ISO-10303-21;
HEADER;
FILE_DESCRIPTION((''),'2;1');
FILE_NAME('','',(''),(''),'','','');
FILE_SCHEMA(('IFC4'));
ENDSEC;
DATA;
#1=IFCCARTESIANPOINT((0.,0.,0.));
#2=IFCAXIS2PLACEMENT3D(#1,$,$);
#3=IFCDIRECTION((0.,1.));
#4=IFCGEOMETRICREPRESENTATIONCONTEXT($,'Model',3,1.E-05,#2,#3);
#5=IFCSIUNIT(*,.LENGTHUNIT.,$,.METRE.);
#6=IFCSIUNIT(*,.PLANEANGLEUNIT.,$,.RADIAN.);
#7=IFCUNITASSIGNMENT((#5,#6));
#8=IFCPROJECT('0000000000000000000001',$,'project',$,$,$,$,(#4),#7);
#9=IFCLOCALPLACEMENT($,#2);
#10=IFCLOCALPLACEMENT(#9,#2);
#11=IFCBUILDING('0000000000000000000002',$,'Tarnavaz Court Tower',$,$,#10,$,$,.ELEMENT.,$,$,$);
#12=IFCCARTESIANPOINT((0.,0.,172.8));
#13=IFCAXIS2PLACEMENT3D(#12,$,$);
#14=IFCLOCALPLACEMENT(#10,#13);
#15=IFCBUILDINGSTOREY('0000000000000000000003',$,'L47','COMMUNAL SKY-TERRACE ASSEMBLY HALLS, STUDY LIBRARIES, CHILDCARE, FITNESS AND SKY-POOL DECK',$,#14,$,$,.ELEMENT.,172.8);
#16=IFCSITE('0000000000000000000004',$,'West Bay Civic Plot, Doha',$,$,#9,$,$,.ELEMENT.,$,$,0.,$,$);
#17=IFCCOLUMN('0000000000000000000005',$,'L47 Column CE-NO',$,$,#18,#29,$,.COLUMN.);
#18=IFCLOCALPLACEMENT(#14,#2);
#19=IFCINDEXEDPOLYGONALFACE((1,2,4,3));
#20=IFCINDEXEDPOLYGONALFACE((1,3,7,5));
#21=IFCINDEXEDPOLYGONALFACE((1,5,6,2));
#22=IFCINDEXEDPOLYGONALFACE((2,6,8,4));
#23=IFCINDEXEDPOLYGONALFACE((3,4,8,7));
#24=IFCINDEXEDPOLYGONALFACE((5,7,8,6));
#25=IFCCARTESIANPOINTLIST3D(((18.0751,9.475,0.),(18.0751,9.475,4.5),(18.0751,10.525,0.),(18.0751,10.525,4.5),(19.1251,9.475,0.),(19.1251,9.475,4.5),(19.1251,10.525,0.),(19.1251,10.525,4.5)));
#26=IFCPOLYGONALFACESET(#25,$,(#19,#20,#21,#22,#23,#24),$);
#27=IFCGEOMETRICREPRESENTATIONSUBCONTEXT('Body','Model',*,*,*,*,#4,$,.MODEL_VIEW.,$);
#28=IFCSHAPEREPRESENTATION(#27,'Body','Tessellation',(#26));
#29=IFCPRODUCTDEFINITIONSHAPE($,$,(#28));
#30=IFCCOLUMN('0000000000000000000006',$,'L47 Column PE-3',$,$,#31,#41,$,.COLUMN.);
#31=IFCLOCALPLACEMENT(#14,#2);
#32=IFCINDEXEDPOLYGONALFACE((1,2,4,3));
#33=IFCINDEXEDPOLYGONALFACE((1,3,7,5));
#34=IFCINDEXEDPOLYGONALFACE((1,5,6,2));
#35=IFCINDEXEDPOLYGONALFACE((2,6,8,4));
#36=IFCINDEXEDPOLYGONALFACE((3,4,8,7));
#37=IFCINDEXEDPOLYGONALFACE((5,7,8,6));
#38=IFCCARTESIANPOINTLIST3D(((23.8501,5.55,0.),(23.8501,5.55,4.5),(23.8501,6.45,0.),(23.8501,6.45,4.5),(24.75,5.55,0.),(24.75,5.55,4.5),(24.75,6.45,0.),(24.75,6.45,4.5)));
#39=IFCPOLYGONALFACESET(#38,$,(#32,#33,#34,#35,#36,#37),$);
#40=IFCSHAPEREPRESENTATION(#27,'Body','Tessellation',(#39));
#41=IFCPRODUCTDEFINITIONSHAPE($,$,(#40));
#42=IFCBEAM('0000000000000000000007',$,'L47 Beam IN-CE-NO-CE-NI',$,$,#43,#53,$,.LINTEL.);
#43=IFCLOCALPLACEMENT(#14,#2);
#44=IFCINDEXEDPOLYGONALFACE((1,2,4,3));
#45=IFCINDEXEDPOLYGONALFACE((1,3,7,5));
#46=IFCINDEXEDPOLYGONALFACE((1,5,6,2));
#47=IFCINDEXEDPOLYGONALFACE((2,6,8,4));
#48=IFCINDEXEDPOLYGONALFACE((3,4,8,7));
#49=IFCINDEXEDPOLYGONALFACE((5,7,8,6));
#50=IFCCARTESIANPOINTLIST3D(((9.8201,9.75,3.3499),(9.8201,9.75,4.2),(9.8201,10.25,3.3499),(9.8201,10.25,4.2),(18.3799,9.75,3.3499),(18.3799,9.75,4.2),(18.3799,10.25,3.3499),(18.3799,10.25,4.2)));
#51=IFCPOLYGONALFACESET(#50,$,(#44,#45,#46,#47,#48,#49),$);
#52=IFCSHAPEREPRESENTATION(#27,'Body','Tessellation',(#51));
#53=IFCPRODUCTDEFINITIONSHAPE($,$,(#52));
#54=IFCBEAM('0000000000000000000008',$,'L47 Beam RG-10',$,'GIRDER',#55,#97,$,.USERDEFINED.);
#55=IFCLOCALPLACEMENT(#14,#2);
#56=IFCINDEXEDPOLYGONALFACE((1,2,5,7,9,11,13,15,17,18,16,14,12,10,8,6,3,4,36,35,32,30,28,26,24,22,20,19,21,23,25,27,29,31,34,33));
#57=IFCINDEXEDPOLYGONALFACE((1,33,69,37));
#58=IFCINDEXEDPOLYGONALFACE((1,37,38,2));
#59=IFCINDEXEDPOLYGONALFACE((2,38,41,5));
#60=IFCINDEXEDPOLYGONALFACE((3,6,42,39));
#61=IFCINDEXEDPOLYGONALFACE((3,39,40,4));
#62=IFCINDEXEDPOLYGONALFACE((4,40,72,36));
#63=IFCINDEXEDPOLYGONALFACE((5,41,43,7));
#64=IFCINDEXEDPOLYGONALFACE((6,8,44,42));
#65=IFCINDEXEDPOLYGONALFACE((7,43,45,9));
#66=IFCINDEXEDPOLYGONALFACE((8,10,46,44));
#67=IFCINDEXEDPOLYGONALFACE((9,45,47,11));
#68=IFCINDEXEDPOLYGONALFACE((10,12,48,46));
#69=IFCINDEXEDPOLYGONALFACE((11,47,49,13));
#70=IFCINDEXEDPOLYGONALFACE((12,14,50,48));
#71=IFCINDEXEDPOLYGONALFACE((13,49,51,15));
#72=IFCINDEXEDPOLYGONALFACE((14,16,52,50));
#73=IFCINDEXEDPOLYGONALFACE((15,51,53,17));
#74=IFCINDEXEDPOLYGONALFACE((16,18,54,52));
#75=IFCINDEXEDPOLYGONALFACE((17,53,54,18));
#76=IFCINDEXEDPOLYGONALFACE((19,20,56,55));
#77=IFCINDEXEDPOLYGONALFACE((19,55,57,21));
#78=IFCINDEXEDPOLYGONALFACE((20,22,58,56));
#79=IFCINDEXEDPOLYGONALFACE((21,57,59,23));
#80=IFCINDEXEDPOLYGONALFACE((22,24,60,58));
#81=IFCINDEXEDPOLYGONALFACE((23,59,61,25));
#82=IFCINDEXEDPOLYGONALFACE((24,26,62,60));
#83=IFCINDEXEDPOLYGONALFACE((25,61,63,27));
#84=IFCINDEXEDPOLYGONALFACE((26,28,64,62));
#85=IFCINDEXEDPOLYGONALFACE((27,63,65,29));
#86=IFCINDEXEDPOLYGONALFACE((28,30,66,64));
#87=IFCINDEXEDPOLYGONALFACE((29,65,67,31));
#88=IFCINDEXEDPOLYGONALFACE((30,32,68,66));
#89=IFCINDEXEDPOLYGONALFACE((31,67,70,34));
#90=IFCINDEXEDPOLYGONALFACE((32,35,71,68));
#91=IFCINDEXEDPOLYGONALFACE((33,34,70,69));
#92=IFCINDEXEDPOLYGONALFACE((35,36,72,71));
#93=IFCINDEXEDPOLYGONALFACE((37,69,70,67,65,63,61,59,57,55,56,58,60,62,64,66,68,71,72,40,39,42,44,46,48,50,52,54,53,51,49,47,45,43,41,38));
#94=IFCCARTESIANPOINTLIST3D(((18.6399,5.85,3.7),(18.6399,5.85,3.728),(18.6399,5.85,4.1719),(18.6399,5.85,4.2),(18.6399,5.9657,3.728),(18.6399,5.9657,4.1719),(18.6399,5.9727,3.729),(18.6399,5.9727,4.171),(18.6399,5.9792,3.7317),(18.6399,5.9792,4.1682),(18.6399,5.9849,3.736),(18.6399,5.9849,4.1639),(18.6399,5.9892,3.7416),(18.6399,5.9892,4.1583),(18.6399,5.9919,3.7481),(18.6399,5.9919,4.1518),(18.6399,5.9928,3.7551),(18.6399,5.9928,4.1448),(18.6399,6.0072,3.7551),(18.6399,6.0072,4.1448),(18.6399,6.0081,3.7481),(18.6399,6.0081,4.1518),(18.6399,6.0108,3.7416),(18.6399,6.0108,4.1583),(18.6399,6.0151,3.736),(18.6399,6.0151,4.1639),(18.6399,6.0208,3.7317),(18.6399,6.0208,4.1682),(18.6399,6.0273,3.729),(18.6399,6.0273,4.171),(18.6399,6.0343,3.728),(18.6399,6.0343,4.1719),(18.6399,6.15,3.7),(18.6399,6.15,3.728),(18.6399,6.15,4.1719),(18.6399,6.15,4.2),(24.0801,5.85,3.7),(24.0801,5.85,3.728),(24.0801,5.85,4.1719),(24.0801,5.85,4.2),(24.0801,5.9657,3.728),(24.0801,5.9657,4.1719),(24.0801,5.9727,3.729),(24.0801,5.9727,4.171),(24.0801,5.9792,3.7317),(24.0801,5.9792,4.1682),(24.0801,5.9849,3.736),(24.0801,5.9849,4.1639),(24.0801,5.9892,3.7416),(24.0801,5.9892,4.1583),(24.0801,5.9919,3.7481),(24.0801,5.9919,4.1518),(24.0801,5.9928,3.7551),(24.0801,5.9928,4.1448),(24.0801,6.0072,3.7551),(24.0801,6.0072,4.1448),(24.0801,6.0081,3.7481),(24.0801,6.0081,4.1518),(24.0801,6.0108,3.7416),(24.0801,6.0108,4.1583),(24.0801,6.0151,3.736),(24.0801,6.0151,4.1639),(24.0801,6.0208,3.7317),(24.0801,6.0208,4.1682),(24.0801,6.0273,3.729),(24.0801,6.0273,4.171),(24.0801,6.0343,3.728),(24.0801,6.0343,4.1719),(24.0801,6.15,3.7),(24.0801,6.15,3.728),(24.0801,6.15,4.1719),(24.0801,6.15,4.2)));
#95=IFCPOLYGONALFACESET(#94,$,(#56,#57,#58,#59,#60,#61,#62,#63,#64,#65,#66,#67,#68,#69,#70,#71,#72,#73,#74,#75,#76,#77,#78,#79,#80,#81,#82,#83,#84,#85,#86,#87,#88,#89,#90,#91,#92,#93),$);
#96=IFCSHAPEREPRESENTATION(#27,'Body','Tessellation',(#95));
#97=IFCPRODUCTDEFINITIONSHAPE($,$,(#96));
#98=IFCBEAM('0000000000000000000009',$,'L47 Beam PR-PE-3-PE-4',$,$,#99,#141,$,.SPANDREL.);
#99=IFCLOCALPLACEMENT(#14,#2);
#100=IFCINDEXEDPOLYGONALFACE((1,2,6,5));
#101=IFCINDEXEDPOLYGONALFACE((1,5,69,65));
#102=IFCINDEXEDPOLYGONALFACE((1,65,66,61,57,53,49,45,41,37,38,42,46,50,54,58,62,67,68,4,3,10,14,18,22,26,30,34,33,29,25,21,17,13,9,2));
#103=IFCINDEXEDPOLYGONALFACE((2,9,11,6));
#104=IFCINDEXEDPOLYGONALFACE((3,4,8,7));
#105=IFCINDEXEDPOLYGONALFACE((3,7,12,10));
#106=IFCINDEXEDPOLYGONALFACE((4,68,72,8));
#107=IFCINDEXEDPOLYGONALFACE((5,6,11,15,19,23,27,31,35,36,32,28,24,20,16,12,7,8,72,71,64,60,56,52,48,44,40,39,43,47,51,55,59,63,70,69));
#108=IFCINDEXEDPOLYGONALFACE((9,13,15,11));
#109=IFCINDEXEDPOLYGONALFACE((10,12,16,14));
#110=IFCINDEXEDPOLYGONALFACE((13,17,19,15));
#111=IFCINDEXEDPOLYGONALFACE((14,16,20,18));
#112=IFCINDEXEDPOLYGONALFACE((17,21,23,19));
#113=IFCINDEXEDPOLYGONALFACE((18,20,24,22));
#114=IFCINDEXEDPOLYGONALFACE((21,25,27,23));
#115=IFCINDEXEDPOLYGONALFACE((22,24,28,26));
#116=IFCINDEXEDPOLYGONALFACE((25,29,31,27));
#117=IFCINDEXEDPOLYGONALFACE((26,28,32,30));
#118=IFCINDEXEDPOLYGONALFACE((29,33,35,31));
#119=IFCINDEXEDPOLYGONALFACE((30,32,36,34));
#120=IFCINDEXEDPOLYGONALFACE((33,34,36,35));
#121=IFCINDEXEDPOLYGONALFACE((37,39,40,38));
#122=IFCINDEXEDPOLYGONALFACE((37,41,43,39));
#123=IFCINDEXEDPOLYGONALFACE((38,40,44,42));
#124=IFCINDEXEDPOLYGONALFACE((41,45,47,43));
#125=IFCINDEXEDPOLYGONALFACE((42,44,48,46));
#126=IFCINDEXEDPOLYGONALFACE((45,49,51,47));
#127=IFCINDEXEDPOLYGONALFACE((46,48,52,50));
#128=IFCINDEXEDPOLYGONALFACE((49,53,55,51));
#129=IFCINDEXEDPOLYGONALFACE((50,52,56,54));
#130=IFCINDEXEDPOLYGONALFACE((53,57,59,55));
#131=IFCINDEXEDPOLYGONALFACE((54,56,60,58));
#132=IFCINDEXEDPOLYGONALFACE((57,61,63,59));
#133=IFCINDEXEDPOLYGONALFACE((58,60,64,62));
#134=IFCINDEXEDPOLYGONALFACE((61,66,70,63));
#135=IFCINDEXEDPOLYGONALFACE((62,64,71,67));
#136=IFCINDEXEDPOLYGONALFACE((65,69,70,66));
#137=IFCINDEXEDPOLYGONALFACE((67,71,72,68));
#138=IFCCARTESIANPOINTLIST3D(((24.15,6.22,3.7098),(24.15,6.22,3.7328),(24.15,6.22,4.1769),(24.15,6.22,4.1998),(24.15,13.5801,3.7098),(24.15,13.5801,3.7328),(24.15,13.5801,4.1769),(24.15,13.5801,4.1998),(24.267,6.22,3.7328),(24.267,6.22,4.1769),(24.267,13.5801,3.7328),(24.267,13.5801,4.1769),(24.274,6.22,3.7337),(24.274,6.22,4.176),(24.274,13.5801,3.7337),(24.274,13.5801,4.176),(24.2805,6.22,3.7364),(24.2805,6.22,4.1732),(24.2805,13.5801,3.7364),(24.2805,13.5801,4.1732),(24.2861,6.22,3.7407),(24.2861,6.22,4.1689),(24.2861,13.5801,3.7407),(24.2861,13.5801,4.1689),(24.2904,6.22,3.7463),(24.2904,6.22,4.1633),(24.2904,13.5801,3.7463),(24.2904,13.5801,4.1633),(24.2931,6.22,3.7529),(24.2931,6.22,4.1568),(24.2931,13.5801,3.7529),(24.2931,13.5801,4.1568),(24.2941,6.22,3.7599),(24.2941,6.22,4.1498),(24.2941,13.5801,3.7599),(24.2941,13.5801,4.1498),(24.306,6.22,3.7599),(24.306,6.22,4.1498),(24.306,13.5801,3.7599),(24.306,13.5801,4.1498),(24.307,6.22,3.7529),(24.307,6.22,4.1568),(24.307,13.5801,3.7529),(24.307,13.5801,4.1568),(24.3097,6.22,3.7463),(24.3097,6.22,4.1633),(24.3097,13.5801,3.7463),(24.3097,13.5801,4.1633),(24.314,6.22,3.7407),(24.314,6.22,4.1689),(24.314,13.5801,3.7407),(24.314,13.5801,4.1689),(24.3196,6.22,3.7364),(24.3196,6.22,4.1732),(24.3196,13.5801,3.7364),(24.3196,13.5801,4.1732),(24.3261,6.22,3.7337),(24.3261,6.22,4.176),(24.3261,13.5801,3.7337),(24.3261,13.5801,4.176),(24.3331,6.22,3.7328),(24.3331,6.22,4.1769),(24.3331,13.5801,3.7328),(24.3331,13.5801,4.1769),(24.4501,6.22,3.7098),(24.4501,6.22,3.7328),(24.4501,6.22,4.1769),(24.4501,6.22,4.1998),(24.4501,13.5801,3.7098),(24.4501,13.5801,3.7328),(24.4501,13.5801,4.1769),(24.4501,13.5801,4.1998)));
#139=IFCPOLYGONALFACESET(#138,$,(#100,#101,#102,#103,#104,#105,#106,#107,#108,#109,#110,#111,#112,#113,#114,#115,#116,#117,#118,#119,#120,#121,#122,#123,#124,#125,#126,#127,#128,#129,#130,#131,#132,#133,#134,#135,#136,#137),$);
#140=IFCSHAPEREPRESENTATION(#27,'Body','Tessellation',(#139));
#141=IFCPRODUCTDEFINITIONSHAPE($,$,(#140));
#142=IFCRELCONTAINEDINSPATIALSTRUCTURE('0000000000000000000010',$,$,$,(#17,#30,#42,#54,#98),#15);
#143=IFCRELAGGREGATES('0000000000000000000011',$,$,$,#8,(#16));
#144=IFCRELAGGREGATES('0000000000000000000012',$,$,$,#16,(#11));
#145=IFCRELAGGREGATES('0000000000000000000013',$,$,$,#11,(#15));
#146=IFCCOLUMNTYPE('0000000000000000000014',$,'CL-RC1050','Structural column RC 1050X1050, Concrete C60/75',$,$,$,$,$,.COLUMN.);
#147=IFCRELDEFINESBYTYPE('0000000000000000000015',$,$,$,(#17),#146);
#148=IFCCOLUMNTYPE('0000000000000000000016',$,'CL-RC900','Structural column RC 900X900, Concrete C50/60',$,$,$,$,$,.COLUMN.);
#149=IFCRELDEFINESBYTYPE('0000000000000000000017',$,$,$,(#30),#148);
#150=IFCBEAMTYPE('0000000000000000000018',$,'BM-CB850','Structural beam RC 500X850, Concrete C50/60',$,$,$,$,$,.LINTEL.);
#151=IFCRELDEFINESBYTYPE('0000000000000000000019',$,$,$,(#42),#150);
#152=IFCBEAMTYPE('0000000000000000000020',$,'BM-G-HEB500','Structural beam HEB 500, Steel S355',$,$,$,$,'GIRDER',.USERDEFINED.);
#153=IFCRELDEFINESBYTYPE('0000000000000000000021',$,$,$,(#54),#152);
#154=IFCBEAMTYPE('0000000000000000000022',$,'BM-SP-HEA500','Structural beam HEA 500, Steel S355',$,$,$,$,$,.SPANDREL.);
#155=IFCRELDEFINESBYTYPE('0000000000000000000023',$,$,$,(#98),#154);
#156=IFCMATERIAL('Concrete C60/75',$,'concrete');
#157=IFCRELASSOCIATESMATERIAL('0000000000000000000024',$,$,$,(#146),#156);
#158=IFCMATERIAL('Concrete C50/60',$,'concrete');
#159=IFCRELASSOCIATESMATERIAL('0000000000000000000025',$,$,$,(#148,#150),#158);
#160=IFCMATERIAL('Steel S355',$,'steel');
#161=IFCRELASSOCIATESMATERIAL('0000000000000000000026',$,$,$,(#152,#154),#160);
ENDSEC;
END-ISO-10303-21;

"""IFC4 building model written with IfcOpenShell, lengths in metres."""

from ifc_helpers import new_model, si_unit, direction, frame, origin, origin_2d, place, context, subcontext, project, spatial, rectangle, i_section, extrude, material, material_profile, profile_set, type_object, element, save


model = new_model("IFC4")

# Units and contexts
model_context = context("Model", 3, precision=1e-05, world=origin(), true_north=direction((0.0, 1.0)))
body_context = subcontext(model_context, "Body", "Model", "MODEL_VIEW")
ifc_project = project(units=[si_unit("LENGTHUNIT", "METRE"), si_unit("PLANEANGLEUNIT", "RADIAN")], contexts=[model_context])

# Site, building, storey
site_placement = place(None, origin())
site = spatial("IfcSite", under=ifc_project, at=site_placement, Name="West Bay Civic Plot, Doha", CompositionType="ELEMENT", RefElevation=0.0)
building_placement = place(site_placement, origin())
building = spatial("IfcBuilding", under=site, at=building_placement, Name="Tarnavaz Court Tower", CompositionType="ELEMENT")
storey_placement = place(building_placement, frame((0.0, 0.0, 172.8)))
storey = spatial("IfcBuildingStorey", under=building, at=storey_placement, Name="L47", Description="COMMUNAL SKY-TERRACE ASSEMBLY HALLS, STUDY LIBRARIES, CHILDCARE, FITNESS AND SKY-POOL DECK", CompositionType="ELEMENT", Elevation=172.8)

# Columns
ifc_material_1 = material(Name="Concrete C60/75", Category="concrete")
ifc_material_profile_1 = material_profile(ifc_material_1, rectangle(XDim=1.05, YDim=1.05, at=origin_2d()), Name="RC 1050X1050")
ifc_profile_set_1 = profile_set([ifc_material_profile_1], Name="Concrete C60/75")
column_type_1 = type_object("IfcColumnType", Name="CL-RC1050", Description="Structural column RC 1050X1050, Concrete C60/75", PredefinedType="COLUMN", material=ifc_profile_set_1)
column_1_placement = place(storey_placement, frame((18.6001, 10.0, 0.0), z_axis=(0.0, 0.0, 1.0), x_axis=(1.0, 0.0, 0.0)))
element("IfcColumn", 1, at=column_1_placement, inside=storey, type_object=column_type_1, Name="L47 Column CE-NO", PredefinedType="COLUMN", context=body_context, shape_type="SweptSolid", body=[
    extrude(rectangle(XDim=1.05, YDim=1.05, at=origin_2d()), origin(), (0.0, 0.0, 1.0), 4.5),
])
ifc_material_2 = material(Name="Concrete C50/60", Category="concrete")
ifc_material_profile_2 = material_profile(ifc_material_2, rectangle(XDim=0.8999, YDim=0.8999, at=origin_2d()), Name="RC 900X900")
ifc_profile_set_2 = profile_set([ifc_material_profile_2], Name="Concrete C50/60")
column_type_2 = type_object("IfcColumnType", Name="CL-RC900", Description="Structural column RC 900X900, Concrete C50/60", PredefinedType="COLUMN", material=ifc_profile_set_2)
column_2_placement = place(storey_placement, frame((24.3, 6.0, 0.0), z_axis=(0.0, 0.0, 1.0), x_axis=(1.0, 0.0, 0.0)))
element("IfcColumn", 2, at=column_2_placement, inside=storey, type_object=column_type_2, Name="L47 Column PE-3", PredefinedType="COLUMN", context=body_context, shape_type="SweptSolid", body=[
    extrude(rectangle(XDim=0.8999, YDim=0.8999, at=origin_2d()), origin(), (0.0, 0.0, 1.0), 4.5),
])

# Beams
ifc_material_profile_3 = material_profile(ifc_material_2, rectangle(XDim=0.5, YDim=0.8501, at=origin_2d()), Name="RC 500X850")
ifc_profile_set_3 = profile_set([ifc_material_profile_3], Name="Concrete C50/60")
beam_type_1 = type_object("IfcBeamType", Name="BM-CB850", Description="Structural beam RC 500X850, Concrete C50/60", PredefinedType="LINTEL", material=ifc_profile_set_3)
beam_1_placement = place(storey_placement, frame((18.3799, 10.0, 3.7749), z_axis=(-1.0, 0.0, 0.0), x_axis=(0.0, -1.0, 0.0)))
element("IfcBeam", 3, at=beam_1_placement, inside=storey, type_object=beam_type_1, Name="L47 Beam IN-CE-NO-CE-NI", PredefinedType="LINTEL", context=body_context, shape_type="SweptSolid", body=[
    extrude(rectangle(XDim=0.5, YDim=0.8501, at=origin_2d()), origin(), (0.0, 0.0, 1.0), 8.5598),
])
ifc_material_3 = material(Name="Steel S355", Category="steel")
ifc_material_profile_4 = material_profile(ifc_material_3, i_section(OverallWidth=0.3, OverallDepth=0.5, WebThickness=0.0144, FlangeThickness=0.0281, FilletRadius=0.0271, at=origin_2d()), Name="HEB 500")
ifc_profile_set_4 = profile_set([ifc_material_profile_4], Name="Steel S355")
beam_type_2 = type_object("IfcBeamType", Name="BM-G-HEB500", Description="Structural beam HEB 500, Steel S355", ElementType="GIRDER", PredefinedType="USERDEFINED", material=ifc_profile_set_4)
beam_2_placement = place(storey_placement, frame((18.6399, 6.0, 3.95), z_axis=(1.0, 0.0, 0.0), x_axis=(0.0, 1.0, 0.0)))
element("IfcBeam", 4, at=beam_2_placement, inside=storey, type_object=beam_type_2, Name="L47 Beam RG-10", ObjectType="GIRDER", PredefinedType="USERDEFINED", context=body_context, shape_type="SweptSolid", body=[
    extrude(i_section(OverallWidth=0.3, OverallDepth=0.5, WebThickness=0.0144, FlangeThickness=0.0281, FilletRadius=0.0271, at=origin_2d()), origin(), (0.0, 0.0, 1.0), 5.4402),
])
ifc_material_profile_5 = material_profile(ifc_material_3, i_section(OverallWidth=0.3, OverallDepth=0.49, WebThickness=0.012, FlangeThickness=0.0229, FilletRadius=0.0271, at=origin_2d()), Name="HEA 500")
ifc_profile_set_5 = profile_set([ifc_material_profile_5], Name="Steel S355")
beam_type_3 = type_object("IfcBeamType", Name="BM-SP-HEA500", Description="Structural beam HEA 500, Steel S355", PredefinedType="SPANDREL", material=ifc_profile_set_5)
beam_3_placement = place(storey_placement, frame((24.3, 6.22, 3.9548), z_axis=(0.0, 1.0, 0.0), x_axis=(-1.0, 0.0, 0.0)))
element("IfcBeam", 5, at=beam_3_placement, inside=storey, type_object=beam_type_3, Name="L47 Beam PR-PE-3-PE-4", PredefinedType="SPANDREL", context=body_context, shape_type="SweptSolid", body=[
    extrude(i_section(OverallWidth=0.3, OverallDepth=0.49, WebThickness=0.012, FlangeThickness=0.0229, FilletRadius=0.0271, at=origin_2d()), origin(), (0.0, 0.0, 1.0), 7.3601),
])

save(model, "model.ifc")
